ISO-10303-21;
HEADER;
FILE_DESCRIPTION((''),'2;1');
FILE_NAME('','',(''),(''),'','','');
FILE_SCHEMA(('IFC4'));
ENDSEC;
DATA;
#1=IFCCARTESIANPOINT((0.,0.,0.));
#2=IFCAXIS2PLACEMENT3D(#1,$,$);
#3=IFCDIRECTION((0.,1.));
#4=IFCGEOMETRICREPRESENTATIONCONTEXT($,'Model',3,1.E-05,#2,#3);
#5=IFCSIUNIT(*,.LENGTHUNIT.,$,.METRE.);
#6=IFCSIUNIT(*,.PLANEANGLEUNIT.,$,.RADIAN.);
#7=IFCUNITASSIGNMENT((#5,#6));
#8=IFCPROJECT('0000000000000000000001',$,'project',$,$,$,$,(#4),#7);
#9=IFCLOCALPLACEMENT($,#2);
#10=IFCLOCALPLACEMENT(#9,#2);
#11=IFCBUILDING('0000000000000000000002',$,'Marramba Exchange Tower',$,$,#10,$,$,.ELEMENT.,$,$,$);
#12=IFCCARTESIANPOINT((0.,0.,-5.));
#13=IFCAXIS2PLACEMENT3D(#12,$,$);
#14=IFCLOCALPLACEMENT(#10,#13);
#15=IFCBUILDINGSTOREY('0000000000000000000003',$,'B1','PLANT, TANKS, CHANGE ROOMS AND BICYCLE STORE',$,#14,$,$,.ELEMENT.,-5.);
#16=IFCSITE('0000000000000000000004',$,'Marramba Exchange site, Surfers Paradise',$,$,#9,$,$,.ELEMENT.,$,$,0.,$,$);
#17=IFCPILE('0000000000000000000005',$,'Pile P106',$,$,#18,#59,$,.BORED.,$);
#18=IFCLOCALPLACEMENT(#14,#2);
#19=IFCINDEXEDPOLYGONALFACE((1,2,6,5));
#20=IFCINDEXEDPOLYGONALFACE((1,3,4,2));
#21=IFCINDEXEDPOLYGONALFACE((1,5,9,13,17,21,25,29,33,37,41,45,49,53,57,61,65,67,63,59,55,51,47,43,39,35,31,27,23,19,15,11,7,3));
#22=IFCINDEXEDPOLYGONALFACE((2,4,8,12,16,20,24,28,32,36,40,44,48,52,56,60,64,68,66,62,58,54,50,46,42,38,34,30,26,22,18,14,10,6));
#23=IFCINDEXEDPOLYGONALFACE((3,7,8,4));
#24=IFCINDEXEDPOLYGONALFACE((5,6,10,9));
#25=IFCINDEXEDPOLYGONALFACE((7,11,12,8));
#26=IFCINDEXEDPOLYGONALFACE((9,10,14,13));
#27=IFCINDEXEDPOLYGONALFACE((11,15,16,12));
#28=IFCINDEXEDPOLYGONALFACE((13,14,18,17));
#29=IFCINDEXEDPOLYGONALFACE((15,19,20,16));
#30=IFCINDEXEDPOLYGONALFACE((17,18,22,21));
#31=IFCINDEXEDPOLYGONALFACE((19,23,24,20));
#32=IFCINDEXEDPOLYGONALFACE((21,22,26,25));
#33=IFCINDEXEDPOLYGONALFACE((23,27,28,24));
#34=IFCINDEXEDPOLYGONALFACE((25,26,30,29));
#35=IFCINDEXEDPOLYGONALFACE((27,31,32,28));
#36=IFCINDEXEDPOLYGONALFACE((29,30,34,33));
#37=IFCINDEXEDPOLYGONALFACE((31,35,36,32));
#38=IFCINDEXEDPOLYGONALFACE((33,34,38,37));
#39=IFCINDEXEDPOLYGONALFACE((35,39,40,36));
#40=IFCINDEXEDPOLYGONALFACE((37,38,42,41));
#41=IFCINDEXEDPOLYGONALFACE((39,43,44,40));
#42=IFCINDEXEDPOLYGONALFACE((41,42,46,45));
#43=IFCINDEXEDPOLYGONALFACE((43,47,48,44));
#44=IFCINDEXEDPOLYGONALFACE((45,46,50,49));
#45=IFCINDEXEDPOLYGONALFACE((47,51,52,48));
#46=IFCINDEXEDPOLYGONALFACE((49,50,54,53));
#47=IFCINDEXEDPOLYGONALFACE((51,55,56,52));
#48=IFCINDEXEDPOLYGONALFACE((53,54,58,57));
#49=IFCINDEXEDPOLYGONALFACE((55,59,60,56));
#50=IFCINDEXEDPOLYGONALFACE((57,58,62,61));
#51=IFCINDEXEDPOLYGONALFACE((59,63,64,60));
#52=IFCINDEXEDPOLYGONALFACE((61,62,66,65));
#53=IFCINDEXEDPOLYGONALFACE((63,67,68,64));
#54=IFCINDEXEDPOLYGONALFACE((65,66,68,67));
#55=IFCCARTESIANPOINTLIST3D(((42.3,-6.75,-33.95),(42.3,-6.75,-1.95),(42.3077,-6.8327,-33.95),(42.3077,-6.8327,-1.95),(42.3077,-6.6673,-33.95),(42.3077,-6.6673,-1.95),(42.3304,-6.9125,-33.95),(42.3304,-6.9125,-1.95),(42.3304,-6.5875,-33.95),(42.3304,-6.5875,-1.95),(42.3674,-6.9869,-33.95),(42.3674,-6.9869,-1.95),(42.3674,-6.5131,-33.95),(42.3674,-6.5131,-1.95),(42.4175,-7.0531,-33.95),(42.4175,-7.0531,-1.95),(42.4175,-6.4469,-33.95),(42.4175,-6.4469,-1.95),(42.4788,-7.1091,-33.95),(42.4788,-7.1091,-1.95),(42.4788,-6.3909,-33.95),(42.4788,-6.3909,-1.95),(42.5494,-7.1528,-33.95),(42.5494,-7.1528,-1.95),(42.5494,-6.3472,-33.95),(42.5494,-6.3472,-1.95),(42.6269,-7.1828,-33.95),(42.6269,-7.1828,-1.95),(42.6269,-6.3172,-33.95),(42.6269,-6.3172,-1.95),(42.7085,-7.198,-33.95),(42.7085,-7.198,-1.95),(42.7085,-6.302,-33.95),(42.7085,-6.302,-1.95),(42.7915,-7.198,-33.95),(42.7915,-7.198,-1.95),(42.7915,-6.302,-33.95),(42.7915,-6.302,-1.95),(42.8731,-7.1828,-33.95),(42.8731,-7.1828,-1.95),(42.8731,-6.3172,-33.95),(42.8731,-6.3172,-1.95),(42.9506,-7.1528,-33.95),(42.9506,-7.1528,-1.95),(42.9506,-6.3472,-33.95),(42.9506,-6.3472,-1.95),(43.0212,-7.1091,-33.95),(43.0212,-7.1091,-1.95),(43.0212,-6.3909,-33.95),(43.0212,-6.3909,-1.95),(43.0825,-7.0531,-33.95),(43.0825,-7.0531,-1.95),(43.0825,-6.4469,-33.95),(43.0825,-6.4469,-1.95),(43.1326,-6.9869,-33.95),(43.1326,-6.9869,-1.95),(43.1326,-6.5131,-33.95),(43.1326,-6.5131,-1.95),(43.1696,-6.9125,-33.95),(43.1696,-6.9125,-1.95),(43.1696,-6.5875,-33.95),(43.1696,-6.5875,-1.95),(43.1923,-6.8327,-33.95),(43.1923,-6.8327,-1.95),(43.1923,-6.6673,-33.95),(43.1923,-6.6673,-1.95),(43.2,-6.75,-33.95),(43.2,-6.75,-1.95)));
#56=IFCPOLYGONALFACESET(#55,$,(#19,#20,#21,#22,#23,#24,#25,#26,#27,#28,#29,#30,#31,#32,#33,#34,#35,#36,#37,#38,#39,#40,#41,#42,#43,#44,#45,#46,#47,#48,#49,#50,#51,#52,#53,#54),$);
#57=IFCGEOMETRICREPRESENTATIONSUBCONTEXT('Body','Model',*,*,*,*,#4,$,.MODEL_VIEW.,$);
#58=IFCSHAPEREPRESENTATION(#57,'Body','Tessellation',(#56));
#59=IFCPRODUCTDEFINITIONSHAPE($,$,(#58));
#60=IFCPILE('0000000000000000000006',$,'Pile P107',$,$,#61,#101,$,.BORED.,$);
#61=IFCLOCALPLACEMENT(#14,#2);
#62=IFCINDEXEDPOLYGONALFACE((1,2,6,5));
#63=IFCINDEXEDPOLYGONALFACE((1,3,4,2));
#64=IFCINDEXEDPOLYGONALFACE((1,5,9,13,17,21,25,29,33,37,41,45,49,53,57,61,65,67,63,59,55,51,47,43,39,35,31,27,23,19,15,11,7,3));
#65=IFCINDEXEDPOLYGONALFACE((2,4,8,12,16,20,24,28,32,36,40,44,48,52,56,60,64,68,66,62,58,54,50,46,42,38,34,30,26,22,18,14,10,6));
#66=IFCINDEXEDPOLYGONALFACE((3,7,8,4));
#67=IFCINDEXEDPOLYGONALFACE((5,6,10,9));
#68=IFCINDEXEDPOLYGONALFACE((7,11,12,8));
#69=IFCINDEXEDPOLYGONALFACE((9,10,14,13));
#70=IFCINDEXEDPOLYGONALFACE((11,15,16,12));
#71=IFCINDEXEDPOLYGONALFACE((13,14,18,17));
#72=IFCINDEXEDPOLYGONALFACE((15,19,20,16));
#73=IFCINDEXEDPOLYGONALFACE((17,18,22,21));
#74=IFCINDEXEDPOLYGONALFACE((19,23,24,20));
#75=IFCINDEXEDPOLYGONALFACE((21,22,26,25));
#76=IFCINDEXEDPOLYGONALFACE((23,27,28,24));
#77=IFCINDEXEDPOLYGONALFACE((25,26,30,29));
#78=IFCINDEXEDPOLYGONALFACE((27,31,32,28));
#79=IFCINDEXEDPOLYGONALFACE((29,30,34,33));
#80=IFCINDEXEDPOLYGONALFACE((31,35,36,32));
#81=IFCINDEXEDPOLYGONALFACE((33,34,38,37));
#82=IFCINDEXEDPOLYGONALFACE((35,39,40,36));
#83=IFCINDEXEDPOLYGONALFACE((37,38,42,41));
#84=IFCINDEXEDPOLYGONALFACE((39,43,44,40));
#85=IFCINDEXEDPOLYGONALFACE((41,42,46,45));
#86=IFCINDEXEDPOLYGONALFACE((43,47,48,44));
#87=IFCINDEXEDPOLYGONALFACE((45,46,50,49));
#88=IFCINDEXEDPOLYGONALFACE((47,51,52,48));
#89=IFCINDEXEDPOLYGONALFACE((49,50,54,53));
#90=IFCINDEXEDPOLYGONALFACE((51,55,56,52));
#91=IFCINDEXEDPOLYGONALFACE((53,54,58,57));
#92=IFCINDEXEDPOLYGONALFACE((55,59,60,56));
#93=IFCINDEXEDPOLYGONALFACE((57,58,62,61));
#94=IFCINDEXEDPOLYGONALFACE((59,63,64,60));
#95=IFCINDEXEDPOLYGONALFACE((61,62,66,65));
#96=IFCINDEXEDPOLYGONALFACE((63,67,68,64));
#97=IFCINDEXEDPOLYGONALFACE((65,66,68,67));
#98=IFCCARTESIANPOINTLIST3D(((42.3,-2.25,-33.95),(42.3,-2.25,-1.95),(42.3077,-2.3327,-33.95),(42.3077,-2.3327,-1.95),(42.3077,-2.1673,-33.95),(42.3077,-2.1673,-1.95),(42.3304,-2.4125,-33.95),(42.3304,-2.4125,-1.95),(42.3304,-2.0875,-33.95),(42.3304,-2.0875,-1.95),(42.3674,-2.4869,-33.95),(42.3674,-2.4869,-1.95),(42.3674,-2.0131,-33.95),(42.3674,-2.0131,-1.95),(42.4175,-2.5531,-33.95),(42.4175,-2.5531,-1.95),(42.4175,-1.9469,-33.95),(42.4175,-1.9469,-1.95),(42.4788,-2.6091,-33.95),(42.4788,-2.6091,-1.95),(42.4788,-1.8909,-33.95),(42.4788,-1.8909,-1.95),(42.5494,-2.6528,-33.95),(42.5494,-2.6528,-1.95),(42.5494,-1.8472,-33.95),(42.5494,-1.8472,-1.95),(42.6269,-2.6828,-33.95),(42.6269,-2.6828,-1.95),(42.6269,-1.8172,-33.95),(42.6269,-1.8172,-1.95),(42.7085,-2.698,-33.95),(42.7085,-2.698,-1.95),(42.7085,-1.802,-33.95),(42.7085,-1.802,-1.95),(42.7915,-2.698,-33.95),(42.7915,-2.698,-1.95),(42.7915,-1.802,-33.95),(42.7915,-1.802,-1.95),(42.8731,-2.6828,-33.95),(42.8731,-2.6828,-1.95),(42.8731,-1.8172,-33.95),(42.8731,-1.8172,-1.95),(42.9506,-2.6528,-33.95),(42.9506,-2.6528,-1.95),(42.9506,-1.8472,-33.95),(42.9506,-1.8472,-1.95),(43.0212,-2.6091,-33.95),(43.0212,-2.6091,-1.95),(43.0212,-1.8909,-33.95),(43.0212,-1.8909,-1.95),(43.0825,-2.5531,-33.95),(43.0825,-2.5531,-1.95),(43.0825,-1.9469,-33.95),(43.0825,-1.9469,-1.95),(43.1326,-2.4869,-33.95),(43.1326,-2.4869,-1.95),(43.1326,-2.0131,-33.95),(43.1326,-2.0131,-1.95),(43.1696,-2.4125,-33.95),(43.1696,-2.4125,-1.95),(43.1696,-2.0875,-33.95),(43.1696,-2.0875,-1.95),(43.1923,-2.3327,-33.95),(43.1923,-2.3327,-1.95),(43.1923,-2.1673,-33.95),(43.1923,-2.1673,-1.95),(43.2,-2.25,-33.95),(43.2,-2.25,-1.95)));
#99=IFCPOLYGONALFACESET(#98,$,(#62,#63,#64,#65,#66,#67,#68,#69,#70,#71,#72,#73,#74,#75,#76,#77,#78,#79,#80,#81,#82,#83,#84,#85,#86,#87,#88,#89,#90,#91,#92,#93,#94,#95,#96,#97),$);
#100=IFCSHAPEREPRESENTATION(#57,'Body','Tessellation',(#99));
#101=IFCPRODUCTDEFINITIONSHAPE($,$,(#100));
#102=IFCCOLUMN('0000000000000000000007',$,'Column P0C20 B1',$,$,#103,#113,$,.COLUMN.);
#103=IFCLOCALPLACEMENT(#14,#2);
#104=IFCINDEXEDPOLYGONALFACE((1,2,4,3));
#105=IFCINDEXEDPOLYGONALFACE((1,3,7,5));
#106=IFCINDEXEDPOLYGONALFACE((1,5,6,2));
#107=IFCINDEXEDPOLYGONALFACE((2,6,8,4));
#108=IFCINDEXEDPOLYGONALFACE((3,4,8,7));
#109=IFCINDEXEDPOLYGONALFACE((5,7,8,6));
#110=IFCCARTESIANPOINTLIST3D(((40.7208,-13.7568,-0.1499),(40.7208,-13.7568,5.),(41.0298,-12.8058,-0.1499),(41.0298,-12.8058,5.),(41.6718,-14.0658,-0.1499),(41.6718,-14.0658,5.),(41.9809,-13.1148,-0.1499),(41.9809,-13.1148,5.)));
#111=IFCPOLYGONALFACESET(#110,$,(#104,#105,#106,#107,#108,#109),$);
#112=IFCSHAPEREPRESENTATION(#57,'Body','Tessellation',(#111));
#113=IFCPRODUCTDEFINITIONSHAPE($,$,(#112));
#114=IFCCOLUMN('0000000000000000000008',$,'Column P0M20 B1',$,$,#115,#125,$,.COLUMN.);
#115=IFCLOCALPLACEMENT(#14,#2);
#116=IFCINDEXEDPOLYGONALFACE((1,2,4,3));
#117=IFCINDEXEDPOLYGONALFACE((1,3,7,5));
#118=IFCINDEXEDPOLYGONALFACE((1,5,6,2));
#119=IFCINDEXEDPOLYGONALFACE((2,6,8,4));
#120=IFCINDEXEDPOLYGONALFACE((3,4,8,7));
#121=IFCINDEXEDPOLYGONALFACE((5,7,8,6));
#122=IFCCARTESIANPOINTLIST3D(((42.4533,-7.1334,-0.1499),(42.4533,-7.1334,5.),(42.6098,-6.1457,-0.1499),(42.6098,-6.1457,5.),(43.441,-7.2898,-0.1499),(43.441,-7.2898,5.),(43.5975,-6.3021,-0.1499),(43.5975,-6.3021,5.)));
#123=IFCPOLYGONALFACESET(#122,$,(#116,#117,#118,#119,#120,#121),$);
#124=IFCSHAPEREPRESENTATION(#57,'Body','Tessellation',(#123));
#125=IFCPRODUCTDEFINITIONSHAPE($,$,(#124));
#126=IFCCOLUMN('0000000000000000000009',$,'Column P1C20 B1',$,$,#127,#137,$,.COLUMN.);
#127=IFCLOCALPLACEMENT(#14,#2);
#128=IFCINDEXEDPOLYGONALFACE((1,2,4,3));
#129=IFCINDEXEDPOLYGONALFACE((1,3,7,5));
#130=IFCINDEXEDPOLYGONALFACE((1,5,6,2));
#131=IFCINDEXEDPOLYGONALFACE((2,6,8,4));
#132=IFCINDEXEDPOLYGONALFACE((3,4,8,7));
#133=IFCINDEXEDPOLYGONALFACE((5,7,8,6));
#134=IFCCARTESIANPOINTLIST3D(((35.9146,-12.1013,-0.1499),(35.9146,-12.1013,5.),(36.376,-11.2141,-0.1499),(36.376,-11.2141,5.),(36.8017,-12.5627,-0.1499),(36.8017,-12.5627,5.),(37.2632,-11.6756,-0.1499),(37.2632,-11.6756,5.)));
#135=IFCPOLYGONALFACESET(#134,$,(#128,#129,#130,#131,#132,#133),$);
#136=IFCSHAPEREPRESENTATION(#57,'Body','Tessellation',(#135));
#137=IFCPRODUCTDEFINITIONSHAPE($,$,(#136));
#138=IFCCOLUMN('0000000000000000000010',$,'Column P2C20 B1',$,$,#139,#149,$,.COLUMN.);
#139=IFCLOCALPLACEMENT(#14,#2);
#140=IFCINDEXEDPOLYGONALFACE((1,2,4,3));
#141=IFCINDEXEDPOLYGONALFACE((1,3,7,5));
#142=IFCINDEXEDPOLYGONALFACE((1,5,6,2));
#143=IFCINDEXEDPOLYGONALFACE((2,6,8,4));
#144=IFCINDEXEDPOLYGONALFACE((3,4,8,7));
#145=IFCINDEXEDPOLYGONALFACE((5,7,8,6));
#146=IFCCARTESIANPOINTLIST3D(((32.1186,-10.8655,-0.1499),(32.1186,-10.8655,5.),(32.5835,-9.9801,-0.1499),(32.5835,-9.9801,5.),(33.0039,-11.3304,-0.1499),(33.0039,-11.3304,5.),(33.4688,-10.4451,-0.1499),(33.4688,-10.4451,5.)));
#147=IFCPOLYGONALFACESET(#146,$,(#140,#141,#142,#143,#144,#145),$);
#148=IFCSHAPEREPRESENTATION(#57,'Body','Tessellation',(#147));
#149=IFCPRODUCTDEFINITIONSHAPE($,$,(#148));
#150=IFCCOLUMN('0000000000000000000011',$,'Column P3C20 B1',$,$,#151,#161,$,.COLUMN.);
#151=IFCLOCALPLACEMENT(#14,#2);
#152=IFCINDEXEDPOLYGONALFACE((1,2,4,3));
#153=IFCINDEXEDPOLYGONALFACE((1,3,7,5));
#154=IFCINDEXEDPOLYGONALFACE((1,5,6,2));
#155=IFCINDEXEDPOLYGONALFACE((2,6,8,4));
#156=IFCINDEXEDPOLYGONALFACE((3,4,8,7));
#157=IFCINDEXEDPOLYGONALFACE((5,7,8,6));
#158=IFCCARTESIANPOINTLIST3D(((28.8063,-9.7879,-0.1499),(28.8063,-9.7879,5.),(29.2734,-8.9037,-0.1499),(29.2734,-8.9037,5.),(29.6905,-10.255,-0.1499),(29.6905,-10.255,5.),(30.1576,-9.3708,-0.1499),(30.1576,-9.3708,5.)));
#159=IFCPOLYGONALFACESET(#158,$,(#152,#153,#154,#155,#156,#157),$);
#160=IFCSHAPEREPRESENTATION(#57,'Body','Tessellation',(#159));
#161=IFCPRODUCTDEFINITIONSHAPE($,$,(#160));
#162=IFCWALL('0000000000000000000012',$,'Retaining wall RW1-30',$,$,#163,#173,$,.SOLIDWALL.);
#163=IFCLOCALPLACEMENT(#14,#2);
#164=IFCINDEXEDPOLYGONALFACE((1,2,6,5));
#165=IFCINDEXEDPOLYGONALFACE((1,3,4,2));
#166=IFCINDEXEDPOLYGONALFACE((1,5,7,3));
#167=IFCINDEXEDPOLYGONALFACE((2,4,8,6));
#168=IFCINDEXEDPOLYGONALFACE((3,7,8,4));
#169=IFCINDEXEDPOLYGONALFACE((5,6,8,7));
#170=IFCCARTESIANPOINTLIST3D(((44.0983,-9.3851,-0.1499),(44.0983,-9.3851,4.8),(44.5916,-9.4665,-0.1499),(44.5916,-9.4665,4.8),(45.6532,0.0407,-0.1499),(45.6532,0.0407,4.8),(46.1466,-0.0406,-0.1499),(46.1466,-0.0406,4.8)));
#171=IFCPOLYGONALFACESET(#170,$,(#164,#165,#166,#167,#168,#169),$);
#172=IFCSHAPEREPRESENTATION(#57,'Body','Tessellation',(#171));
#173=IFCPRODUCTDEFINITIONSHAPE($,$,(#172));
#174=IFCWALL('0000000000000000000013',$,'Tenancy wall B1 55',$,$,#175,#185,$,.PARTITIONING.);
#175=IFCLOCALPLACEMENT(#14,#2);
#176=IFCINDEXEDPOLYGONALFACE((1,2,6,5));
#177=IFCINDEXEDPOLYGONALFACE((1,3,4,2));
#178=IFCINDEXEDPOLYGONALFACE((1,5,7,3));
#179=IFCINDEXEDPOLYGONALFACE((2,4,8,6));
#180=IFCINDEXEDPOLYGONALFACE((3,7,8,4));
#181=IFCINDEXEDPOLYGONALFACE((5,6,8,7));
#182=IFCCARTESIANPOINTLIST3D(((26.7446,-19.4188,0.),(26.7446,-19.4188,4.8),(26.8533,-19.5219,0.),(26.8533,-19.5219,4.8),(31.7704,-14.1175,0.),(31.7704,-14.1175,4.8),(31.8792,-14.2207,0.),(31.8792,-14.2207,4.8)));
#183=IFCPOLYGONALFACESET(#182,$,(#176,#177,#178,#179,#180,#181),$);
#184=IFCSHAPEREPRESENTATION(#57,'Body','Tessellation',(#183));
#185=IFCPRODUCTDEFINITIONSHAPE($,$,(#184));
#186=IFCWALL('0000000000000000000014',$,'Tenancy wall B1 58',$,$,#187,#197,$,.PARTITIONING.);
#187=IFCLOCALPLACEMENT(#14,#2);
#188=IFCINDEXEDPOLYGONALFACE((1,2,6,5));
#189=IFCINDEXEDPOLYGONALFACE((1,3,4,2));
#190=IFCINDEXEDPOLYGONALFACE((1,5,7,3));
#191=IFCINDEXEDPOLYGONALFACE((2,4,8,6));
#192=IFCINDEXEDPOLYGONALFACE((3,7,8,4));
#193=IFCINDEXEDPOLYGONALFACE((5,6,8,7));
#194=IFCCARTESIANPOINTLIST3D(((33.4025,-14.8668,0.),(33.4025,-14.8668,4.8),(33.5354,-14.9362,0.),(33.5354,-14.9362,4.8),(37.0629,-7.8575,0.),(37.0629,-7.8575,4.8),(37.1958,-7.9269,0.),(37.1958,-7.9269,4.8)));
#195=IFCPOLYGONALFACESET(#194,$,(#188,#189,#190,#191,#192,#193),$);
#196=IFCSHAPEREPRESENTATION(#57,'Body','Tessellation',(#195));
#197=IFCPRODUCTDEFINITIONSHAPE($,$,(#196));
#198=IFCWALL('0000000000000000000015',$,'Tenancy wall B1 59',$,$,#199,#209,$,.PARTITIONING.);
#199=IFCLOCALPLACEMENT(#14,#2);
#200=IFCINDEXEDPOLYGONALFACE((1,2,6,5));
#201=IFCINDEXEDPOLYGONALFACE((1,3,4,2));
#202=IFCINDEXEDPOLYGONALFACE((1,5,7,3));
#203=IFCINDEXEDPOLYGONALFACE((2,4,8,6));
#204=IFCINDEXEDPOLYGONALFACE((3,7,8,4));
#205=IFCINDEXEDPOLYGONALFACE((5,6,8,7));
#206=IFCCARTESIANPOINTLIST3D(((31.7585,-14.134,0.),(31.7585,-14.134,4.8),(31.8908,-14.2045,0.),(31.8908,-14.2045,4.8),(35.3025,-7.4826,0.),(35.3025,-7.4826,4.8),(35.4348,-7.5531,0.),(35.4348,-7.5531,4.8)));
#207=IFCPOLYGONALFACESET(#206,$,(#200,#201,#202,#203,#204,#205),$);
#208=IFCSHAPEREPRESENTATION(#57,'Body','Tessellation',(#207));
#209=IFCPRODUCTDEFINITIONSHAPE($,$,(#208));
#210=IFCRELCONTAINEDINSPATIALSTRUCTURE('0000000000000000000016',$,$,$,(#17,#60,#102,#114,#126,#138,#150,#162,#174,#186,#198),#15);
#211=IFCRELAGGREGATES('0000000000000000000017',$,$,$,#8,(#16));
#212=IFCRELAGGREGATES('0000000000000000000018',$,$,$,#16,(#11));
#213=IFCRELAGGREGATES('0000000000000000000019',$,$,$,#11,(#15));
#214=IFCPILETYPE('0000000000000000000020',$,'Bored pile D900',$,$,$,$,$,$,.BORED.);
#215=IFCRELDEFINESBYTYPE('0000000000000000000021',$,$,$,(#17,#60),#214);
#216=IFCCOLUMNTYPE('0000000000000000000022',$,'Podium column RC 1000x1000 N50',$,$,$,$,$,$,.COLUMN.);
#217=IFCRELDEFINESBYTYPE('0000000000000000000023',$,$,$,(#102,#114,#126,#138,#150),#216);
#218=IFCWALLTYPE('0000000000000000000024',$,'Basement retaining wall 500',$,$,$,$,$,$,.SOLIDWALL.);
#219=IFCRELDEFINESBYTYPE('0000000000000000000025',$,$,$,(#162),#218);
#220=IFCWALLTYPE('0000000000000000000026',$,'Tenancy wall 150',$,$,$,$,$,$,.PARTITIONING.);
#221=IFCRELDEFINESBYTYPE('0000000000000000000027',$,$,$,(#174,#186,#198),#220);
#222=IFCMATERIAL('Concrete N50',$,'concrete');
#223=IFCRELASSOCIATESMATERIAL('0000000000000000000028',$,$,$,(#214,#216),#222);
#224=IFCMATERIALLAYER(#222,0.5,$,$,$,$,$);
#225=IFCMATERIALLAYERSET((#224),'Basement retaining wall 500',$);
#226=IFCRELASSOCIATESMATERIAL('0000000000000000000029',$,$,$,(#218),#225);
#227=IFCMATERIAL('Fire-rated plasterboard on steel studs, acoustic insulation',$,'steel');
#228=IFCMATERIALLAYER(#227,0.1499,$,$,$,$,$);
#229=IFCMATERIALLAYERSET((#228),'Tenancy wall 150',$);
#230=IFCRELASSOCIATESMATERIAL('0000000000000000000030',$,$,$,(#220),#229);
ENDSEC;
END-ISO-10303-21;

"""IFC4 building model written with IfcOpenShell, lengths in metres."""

from ifc_helpers import new_model, si_unit, direction, frame, frame_2d, origin, origin_2d, place, context, subcontext, project, spatial, rectangle, circle, extrude, material, layer, layer_set, material_profile, profile_set, type_object, element, save


model = new_model("IFC4")

# Units and contexts
model_context = context("Model", 3, precision=1e-05, world=origin(), true_north=direction((0.0, 1.0)))
body_context = subcontext(model_context, "Body", "Model", "MODEL_VIEW")
ifc_project = project(units=[si_unit("LENGTHUNIT", "METRE"), si_unit("PLANEANGLEUNIT", "RADIAN")], contexts=[model_context])

# Site, building, storey
site_placement = place(None, origin())
site = spatial("IfcSite", under=ifc_project, at=site_placement, Name="Marramba Exchange site, Surfers Paradise", CompositionType="ELEMENT", RefElevation=0.0)
building_placement = place(site_placement, origin())
building = spatial("IfcBuilding", under=site, at=building_placement, Name="Marramba Exchange Tower", CompositionType="ELEMENT")
storey_placement = place(building_placement, frame((0.0, 0.0, -5.0)))
storey = spatial("IfcBuildingStorey", under=building, at=storey_placement, Name="B1", Description="PLANT, TANKS, CHANGE ROOMS AND BICYCLE STORE", CompositionType="ELEMENT", Elevation=-5.0)

# Piles
ifc_material_1 = material(Name="Concrete N50", Category="concrete")
ifc_material_profile_1 = material_profile(ifc_material_1, circle(Radius=0.45, at=origin_2d()), Name="BP D900")
ifc_profile_set_1 = profile_set([ifc_material_profile_1], Name="Concrete N50")
pile_type_1 = type_object("IfcPileType", Name="Bored pile D900", PredefinedType="BORED", material=ifc_profile_set_1)
for number, where, z_axis, x_axis, name in (
    (1, (42.75, -6.75, -1.95), (0.0, 0.0, -1.0), (1.0, 0.0, 0.0), "Pile P106"),
    (2, (42.75, -2.25, -1.95), (0.0, 0.0, -1.0), (1.0, 0.0, 0.0), "Pile P107"),
):
    element("IfcPile", number, at=place(storey_placement, frame(where, z_axis=z_axis, x_axis=x_axis)), inside=storey, type_object=pile_type_1, Name=name, PredefinedType="BORED", context=body_context, shape_type="SweptSolid", body=[
        extrude(circle(Radius=0.45, at=origin_2d()), origin(), (0.0, 0.0, 1.0), 32.0),
    ])

# Columns
ifc_material_profile_2 = material_profile(ifc_material_1, rectangle(XDim=1.0, YDim=1.0, at=origin_2d()), Name="RC 1000x1000")
ifc_profile_set_2 = profile_set([ifc_material_profile_2], Name="Concrete N50")
column_type = type_object("IfcColumnType", Name="Podium column RC 1000x1000 N50", PredefinedType="COLUMN", material=ifc_profile_set_2)
for number, where, z_axis, x_axis, name in (
    (3, (41.3508, -13.4358, -0.1499), (0.0, 0.0, 1.0), (0.951057, -0.309017, 0.0), "Column P0C20 B1"),
    (4, (43.0254, -6.7178, -0.1499), (0.0, 0.0, 1.0), (0.987688, -0.156434, 0.0), "Column P0M20 B1"),
    (5, (36.5889, -11.8884, -0.1499), (0.0, 0.0, 1.0), (0.887159, -0.461464, 0.0), "Column P1C20 B1"),
    (6, (32.7937, -10.6553, -0.1499), (0.0, 0.0, 1.0), (0.885353, -0.464919, 0.0), "Column P2C20 B1"),
    (7, (29.4819, -9.5793, -0.1499), (0.0, 0.0, 1.0), (0.884188, -0.467131, 0.0), "Column P3C20 B1"),
):
    element("IfcColumn", number, at=place(storey_placement, frame(where, z_axis=z_axis, x_axis=x_axis)), inside=storey, type_object=column_type, Name=name, PredefinedType="COLUMN", context=body_context, shape_type="SweptSolid", body=[
        extrude(rectangle(XDim=1.0, YDim=1.0, at=origin_2d()), origin(), (0.0, 0.0, 1.0), 5.1499),
    ])

# Walls
ifc_layer_1 = layer(ifc_material_1, 0.5)
ifc_layer_set_1 = layer_set([ifc_layer_1], Name="Basement retaining wall 500")
wall_type_1 = type_object("IfcWallType", Name="Basement retaining wall 500", PredefinedType="SOLIDWALL", material=ifc_layer_set_1)
wall_1_placement = place(storey_placement, frame((44.345, -9.4258, -0.1499), z_axis=(0.0, 0.0, 1.0), x_axis=(0.162766, 0.986665, 0.0)))
element("IfcWall", 8, at=wall_1_placement, inside=storey, type_object=wall_type_1, Name="Retaining wall RW1-30", PredefinedType="SOLIDWALL", context=body_context, shape_type="SweptSolid", body=[
    extrude(rectangle(XDim=9.5532, YDim=0.5, at=frame_2d((4.7766, 0.0))), origin(), (0.0, 0.0, 1.0), 4.95),
])
ifc_material_2 = material(Name="Fire-rated plasterboard on steel studs, acoustic insulation", Category="steel")
ifc_layer_2 = layer(ifc_material_2, 0.1499)
ifc_layer_set_2 = layer_set([ifc_layer_2], Name="Tenancy wall 150")
wall_type_2 = type_object("IfcWallType", Name="Tenancy wall 150", PredefinedType="PARTITIONING", material=ifc_layer_set_2)
wall_2_placement = place(storey_placement, frame((31.8247, -14.1692, 0.0), z_axis=(0.0, 0.0, 1.0), x_axis=(-0.688006, -0.725705, 0.0)))
element("IfcWall", 9, at=wall_2_placement, inside=storey, type_object=wall_type_2, Name="Tenancy wall B1 55", PredefinedType="PARTITIONING", context=body_context, shape_type="SweptSolid", body=[
    extrude(rectangle(XDim=7.3049, YDim=0.1499, at=frame_2d((3.6523, 0.0))), origin(), (0.0, 0.0, 1.0), 4.8),
])
wall_3_placement = place(storey_placement, frame((33.469, -14.9014, 0.0), z_axis=(0.0, 0.0, 1.0), x_axis=(0.462903, 0.886409, 0.0)))
element("IfcWall", 10, at=wall_3_placement, inside=storey, type_object=wall_type_2, Name="Tenancy wall B1 58", PredefinedType="PARTITIONING", context=body_context, shape_type="SweptSolid", body=[
    extrude(rectangle(XDim=7.9075, YDim=0.1499, at=frame_2d((3.9536, 0.0))), origin(), (0.0, 0.0, 1.0), 4.8),
])
wall_4_placement = place(storey_placement, frame((35.3687, -7.5178, 0.0), z_axis=(0.0, 0.0, 1.0), x_axis=(-0.470232, -0.882543, 0.0)))
element("IfcWall", 11, at=wall_4_placement, inside=storey, type_object=wall_type_2, Name="Tenancy wall B1 59", PredefinedType="PARTITIONING", context=body_context, shape_type="SweptSolid", body=[
    extrude(rectangle(XDim=7.5366, YDim=0.1499, at=frame_2d((3.7683, 0.0))), origin(), (0.0, 0.0, 1.0), 4.8),
])

save(model, "model.ifc")
